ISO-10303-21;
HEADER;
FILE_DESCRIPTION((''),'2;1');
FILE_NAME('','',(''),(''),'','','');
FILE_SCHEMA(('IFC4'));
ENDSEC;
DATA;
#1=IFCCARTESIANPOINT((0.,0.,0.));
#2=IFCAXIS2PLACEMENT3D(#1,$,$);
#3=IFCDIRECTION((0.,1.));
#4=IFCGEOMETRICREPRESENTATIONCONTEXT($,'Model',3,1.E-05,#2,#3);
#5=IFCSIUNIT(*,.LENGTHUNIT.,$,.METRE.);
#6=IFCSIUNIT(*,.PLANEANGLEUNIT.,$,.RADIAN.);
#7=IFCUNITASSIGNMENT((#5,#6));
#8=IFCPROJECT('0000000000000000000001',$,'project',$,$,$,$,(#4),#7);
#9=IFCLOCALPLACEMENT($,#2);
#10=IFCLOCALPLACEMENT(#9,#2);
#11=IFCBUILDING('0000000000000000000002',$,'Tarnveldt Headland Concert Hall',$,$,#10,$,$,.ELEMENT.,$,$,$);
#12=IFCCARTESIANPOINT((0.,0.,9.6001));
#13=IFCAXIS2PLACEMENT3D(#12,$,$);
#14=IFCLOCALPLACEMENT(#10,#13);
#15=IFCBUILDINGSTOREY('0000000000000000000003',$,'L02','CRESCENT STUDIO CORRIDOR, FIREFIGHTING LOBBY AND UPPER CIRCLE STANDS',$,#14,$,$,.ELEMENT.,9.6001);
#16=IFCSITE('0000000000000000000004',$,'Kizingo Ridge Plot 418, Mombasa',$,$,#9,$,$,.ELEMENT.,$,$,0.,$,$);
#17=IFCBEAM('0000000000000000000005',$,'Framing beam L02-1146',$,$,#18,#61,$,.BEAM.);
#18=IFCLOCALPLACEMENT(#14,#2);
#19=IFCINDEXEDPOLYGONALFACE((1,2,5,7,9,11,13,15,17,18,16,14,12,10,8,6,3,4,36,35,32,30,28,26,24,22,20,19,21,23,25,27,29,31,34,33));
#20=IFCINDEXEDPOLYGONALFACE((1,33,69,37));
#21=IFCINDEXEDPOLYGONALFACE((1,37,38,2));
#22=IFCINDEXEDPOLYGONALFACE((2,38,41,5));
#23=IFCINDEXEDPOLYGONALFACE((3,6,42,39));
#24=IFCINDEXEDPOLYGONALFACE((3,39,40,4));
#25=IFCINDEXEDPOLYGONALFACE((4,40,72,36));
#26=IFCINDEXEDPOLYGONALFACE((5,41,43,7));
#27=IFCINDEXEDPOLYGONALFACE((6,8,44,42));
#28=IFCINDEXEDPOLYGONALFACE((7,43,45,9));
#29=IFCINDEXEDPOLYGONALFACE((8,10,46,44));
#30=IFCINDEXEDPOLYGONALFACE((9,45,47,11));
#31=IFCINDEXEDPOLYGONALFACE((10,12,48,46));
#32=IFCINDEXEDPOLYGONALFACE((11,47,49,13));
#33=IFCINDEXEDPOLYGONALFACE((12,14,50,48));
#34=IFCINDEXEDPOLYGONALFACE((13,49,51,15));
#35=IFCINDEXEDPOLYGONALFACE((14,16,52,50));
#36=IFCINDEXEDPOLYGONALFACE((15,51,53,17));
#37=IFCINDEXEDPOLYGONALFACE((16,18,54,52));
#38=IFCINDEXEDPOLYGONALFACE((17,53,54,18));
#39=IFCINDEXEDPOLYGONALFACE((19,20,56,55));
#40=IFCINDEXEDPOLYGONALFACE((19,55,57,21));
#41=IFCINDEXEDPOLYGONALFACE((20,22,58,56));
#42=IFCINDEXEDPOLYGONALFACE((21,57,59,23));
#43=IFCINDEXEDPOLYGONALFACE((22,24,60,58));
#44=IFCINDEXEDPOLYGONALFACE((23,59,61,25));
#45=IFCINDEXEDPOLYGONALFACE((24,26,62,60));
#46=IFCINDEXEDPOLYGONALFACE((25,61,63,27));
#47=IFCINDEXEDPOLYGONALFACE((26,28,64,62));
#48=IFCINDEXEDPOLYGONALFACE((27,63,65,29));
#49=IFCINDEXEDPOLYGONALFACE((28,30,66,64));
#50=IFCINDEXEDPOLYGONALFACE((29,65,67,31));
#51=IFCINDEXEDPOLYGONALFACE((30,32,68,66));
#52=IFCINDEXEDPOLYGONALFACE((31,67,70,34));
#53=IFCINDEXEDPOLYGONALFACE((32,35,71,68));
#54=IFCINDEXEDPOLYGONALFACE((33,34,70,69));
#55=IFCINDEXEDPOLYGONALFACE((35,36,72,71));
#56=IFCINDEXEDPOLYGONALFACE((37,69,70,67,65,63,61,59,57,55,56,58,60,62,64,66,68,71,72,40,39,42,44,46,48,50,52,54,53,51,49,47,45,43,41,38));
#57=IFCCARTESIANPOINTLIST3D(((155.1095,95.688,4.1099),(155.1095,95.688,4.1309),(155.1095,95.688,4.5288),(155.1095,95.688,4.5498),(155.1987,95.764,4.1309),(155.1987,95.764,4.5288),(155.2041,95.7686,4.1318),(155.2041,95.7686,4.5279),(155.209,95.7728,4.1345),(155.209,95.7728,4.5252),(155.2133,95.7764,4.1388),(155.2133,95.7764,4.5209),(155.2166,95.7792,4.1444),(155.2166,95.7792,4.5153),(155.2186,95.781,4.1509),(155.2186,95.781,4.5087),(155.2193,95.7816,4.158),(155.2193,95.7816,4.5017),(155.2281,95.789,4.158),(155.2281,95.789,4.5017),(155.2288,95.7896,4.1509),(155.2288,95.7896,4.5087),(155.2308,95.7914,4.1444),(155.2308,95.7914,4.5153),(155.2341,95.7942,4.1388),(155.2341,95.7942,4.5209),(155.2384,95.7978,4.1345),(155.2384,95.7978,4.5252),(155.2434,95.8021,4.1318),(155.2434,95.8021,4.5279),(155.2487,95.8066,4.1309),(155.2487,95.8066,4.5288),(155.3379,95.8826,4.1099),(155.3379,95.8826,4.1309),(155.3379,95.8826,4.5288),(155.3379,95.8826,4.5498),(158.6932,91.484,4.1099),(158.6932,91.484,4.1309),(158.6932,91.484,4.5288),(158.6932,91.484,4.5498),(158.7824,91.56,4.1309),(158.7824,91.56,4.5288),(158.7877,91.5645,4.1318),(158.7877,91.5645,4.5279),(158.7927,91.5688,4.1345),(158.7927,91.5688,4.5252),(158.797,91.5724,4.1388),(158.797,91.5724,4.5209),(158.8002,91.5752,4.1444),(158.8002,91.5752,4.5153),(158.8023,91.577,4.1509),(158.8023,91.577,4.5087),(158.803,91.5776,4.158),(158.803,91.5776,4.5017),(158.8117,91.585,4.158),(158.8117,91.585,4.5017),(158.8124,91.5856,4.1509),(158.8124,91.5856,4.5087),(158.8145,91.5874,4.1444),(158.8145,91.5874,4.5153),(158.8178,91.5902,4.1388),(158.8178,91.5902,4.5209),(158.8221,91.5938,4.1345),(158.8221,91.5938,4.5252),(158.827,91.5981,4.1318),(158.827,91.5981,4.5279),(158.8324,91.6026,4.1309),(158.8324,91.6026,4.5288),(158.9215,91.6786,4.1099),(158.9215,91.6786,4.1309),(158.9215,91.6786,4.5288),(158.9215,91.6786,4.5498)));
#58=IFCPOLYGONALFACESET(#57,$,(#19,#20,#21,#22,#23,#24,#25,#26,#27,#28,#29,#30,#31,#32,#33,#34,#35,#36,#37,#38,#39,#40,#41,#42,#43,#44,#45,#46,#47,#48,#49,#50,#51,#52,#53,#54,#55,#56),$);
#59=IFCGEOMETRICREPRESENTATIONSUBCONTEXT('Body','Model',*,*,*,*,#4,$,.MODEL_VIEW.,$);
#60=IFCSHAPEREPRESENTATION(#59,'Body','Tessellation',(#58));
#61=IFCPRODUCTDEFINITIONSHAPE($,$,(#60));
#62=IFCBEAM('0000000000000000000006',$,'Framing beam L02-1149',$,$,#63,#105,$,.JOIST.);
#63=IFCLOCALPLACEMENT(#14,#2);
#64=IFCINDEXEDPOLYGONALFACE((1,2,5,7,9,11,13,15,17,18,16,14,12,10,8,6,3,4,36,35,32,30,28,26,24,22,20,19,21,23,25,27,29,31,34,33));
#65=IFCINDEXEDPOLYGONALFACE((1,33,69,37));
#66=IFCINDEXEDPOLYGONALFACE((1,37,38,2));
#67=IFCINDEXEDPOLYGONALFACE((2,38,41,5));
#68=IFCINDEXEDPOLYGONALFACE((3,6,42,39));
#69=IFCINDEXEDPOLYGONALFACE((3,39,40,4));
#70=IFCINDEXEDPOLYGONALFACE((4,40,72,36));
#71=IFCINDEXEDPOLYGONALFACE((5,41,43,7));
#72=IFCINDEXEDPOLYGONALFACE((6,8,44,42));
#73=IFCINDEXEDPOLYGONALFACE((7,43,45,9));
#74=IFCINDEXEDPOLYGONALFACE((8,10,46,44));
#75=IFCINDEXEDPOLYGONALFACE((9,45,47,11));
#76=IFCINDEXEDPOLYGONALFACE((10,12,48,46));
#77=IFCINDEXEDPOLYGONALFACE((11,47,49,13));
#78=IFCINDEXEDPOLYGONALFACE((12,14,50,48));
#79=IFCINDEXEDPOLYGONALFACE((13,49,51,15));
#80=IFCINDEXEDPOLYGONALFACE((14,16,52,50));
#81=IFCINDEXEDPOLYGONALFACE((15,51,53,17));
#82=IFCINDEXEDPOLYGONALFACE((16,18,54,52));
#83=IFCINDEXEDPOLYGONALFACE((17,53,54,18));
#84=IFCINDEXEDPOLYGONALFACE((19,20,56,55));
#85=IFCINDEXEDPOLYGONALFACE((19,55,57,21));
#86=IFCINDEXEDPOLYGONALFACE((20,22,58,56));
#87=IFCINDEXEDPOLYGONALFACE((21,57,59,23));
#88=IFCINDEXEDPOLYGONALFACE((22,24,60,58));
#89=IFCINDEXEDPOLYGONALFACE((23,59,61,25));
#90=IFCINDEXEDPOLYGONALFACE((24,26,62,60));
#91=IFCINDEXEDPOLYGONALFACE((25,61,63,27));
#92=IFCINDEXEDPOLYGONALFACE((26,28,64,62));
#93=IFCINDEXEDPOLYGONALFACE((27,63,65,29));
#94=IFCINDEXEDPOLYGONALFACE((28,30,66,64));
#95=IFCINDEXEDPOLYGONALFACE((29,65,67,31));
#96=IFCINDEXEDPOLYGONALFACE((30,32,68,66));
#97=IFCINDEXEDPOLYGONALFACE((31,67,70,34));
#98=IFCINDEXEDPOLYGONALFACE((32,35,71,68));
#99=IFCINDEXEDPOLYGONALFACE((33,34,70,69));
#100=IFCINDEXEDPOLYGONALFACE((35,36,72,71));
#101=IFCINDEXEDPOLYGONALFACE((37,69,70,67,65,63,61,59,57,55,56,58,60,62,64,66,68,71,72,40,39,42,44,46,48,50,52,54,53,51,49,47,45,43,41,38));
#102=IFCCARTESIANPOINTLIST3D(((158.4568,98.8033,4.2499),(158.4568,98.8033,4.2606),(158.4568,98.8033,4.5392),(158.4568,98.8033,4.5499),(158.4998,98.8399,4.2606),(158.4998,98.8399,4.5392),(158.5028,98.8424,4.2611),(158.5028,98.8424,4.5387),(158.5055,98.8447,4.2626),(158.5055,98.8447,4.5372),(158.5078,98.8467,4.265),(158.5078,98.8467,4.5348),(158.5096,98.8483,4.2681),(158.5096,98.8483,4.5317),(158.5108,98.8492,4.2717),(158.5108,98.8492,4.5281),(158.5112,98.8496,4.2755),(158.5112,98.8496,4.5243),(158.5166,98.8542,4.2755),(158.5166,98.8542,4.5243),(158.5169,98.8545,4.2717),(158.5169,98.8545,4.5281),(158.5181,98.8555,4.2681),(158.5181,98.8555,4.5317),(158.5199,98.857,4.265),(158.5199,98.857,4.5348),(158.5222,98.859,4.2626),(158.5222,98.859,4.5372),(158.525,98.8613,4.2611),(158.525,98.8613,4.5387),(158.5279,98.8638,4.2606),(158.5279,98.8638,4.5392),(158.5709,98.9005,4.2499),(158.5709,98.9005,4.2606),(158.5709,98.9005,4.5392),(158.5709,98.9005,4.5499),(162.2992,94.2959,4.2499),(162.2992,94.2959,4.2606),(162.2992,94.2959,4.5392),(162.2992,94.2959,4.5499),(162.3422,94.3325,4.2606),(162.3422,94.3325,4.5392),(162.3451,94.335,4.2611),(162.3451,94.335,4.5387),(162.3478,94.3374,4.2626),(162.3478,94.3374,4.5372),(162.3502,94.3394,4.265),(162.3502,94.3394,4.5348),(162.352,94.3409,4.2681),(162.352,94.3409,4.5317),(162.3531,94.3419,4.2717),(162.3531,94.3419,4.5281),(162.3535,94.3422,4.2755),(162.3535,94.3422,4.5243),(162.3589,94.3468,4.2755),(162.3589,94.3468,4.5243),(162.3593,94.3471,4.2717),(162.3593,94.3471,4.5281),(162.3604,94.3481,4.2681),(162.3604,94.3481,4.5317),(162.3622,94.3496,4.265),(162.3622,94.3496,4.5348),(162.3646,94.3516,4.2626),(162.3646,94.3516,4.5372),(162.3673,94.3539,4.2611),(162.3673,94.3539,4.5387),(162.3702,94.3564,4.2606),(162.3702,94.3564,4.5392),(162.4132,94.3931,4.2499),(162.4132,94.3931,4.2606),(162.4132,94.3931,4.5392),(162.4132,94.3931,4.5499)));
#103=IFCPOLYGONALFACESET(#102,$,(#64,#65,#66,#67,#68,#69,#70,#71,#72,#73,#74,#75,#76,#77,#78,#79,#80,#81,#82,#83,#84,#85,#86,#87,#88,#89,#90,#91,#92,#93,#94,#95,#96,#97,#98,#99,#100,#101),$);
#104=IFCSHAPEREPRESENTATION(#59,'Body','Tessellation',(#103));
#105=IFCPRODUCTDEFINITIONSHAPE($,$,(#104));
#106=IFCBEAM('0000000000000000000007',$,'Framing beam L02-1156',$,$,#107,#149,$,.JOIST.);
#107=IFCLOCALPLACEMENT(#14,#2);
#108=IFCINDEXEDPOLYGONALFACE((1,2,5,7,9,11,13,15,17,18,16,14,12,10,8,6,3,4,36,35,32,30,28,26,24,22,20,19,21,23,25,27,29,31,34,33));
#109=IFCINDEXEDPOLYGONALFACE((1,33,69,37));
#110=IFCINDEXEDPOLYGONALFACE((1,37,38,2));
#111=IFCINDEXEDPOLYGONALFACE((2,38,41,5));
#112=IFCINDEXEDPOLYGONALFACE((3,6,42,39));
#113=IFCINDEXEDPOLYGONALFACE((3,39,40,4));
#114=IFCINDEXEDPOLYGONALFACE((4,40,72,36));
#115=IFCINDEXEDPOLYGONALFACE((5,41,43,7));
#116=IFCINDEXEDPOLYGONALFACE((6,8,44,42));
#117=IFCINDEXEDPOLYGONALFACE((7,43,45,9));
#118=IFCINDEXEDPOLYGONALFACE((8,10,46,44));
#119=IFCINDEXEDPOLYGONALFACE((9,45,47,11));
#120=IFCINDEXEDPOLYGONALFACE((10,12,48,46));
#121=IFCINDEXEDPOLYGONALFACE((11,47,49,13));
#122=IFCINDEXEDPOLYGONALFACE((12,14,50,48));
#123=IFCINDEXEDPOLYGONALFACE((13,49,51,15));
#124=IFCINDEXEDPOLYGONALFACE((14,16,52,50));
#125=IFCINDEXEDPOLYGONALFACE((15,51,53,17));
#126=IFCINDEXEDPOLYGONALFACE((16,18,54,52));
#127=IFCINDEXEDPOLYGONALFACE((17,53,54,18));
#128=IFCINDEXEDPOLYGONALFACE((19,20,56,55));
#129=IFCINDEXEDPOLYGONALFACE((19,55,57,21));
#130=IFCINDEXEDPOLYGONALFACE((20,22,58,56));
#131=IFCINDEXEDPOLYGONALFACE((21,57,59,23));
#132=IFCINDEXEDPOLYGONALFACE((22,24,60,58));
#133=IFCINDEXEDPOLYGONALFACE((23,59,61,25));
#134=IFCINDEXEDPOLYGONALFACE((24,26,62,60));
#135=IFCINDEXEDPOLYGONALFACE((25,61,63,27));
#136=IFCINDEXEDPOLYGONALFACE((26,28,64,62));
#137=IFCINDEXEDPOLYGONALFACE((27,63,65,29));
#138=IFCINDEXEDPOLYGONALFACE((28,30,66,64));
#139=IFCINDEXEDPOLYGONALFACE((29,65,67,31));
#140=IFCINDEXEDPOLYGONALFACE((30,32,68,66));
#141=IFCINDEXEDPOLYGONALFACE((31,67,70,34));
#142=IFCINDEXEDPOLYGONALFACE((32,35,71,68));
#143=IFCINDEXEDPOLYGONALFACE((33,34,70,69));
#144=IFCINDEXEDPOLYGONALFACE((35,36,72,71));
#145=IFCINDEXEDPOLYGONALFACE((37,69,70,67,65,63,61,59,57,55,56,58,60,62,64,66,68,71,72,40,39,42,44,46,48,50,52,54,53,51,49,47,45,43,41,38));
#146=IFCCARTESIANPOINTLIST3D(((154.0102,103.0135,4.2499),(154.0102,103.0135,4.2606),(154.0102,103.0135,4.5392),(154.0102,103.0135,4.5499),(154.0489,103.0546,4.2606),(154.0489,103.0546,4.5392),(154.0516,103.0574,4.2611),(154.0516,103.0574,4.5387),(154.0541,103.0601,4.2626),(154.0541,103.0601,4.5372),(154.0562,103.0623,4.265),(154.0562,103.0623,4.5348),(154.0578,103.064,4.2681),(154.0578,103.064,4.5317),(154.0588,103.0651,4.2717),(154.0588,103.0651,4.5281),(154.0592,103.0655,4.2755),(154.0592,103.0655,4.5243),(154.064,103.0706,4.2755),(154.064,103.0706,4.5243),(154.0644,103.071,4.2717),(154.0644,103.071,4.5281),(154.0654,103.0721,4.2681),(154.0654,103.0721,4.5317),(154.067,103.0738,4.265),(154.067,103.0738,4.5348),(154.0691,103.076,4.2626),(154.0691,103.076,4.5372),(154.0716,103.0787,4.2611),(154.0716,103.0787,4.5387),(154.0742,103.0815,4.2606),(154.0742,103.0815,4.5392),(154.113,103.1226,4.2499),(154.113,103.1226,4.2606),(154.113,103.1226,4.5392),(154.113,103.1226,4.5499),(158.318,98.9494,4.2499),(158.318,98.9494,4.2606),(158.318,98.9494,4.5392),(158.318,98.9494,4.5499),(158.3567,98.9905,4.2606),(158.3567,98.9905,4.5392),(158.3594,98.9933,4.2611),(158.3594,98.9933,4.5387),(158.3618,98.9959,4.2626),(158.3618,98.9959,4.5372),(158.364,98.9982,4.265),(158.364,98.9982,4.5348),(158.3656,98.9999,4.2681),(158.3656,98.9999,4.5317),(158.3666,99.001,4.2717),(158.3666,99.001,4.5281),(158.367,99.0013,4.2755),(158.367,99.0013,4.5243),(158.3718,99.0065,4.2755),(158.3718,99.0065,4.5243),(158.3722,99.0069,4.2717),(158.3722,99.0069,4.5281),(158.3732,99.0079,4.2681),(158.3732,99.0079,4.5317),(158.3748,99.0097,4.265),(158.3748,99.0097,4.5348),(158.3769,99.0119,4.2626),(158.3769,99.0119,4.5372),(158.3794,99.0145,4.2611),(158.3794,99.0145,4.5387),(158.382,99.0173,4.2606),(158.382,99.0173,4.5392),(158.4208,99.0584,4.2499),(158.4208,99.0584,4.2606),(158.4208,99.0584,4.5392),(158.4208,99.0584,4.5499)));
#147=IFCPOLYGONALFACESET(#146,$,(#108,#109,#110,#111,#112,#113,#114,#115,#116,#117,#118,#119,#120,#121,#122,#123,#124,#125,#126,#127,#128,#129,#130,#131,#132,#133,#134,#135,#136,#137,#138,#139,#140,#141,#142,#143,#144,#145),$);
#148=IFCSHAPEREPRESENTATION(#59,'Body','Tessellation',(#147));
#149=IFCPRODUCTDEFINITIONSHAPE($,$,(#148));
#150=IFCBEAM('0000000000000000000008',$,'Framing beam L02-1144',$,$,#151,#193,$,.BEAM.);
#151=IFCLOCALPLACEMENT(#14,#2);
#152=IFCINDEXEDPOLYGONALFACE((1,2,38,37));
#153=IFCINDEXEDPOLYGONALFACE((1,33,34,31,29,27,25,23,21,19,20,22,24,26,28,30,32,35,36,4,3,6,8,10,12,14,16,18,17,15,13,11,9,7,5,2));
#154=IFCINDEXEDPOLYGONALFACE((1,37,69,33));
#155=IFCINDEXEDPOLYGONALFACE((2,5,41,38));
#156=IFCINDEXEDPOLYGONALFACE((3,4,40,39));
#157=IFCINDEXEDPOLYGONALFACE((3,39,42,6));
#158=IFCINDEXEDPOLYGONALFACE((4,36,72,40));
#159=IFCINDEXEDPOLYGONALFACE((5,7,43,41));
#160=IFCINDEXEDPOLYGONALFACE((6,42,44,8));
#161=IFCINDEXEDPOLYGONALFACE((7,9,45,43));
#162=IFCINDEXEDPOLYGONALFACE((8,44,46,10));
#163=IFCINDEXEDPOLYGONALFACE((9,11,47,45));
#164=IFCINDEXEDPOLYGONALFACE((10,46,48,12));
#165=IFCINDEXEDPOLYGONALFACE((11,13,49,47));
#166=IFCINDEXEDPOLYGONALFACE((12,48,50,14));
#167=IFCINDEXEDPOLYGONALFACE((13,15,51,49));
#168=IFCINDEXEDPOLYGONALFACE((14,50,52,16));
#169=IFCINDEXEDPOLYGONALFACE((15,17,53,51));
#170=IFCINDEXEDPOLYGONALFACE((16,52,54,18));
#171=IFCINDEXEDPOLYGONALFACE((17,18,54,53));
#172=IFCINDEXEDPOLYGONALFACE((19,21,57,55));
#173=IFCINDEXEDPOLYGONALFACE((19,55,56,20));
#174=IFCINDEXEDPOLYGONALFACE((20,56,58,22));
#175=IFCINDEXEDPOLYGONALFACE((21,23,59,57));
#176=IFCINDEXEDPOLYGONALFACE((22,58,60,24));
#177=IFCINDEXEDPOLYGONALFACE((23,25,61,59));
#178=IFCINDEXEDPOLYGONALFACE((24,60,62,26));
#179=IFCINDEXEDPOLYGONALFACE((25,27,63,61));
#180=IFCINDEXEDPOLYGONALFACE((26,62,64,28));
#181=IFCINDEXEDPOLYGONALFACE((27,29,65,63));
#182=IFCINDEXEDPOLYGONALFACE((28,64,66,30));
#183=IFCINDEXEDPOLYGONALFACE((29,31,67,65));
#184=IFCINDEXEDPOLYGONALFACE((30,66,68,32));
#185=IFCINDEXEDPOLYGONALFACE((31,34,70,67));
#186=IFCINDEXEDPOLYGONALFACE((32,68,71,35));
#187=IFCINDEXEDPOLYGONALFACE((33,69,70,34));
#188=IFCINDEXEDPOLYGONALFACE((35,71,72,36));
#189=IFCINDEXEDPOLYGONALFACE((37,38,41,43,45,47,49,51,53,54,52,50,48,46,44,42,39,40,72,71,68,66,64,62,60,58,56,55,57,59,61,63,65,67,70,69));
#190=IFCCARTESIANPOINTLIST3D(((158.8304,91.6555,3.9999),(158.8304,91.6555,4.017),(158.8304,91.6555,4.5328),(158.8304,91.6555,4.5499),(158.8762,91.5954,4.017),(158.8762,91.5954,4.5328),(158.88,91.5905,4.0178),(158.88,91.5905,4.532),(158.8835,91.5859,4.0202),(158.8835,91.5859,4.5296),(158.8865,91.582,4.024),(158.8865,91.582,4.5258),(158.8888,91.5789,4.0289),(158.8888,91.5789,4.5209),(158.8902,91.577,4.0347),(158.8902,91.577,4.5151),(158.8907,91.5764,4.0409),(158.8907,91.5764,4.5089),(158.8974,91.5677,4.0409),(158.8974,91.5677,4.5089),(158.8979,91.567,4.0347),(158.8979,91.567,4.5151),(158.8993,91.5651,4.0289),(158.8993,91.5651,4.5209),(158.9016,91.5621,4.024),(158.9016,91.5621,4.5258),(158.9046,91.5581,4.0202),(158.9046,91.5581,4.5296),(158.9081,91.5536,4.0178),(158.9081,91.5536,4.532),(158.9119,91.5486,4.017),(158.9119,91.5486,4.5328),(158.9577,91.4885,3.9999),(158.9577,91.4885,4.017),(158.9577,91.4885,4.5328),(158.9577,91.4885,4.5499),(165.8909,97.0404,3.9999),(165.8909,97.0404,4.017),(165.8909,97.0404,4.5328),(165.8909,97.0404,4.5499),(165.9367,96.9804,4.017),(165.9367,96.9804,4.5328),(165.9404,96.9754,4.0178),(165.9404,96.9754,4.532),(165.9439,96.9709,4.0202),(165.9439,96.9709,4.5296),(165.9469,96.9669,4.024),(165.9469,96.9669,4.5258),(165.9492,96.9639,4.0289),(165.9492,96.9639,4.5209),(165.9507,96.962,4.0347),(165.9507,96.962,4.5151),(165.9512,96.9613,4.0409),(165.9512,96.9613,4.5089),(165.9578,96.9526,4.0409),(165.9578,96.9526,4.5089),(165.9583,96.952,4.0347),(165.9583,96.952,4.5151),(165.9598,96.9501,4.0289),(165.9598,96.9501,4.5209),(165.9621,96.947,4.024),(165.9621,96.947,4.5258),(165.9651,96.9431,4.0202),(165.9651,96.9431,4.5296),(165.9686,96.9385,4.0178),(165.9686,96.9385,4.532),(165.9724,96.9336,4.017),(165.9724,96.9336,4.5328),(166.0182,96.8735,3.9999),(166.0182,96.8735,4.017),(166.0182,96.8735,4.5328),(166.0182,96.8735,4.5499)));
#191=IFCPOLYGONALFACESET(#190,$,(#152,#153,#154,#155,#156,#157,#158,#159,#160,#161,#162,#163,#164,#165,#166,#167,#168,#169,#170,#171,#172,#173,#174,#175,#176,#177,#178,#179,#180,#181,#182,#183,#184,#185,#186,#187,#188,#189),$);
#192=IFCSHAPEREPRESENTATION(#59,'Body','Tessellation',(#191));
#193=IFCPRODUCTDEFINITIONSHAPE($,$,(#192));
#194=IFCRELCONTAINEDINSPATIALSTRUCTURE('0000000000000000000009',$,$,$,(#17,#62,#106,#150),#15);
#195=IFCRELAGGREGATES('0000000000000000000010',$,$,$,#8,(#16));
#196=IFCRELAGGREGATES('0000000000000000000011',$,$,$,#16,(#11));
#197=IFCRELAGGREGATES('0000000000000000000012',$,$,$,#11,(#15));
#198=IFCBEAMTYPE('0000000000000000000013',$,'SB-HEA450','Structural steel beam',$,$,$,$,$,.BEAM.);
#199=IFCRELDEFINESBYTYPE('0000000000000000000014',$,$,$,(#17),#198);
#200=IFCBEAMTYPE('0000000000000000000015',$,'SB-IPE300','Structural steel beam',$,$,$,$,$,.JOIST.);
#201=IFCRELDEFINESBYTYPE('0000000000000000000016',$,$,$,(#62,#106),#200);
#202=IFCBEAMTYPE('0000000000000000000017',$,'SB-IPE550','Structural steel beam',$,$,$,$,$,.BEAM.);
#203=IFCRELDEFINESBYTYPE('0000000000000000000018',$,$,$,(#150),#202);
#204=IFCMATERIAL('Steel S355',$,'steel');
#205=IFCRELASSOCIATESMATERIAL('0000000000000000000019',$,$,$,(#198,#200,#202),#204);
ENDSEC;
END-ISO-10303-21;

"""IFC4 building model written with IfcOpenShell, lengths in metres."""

from ifc_helpers import new_model, si_unit, direction, frame, origin, origin_2d, place, context, subcontext, project, spatial, i_section, extrude, material, material_profile, profile_set, type_object, element, save


model = new_model("IFC4")

# Units and contexts
model_context = context("Model", 3, precision=1e-05, world=origin(), true_north=direction((0.0, 1.0)))
body_context = subcontext(model_context, "Body", "Model", "MODEL_VIEW")
ifc_project = project(units=[si_unit("LENGTHUNIT", "METRE"), si_unit("PLANEANGLEUNIT", "RADIAN")], contexts=[model_context])

# Site, building, storey
site_placement = place(None, origin())
site = spatial("IfcSite", under=ifc_project, at=site_placement, Name="Kizingo Ridge Plot 418, Mombasa", CompositionType="ELEMENT", RefElevation=0.0)
building_placement = place(site_placement, origin())
building = spatial("IfcBuilding", under=site, at=building_placement, Name="Tarnveldt Headland Concert Hall", CompositionType="ELEMENT")
storey_placement = place(building_placement, frame((0.0, 0.0, 9.6001)))
storey = spatial("IfcBuildingStorey", under=building, at=storey_placement, Name="L02", Description="CRESCENT STUDIO CORRIDOR, FIREFIGHTING LOBBY AND UPPER CIRCLE STANDS", CompositionType="ELEMENT", Elevation=9.6001)

# Shared definitions
ifc_material_1 = material(Name="Steel S355", Category="steel")

# Beams
ifc_material_profile_1 = material_profile(ifc_material_1, i_section(OverallWidth=0.3, OverallDepth=0.4399, WebThickness=0.0115, FlangeThickness=0.021, FilletRadius=0.0271, at=origin_2d()), Name="HEA450", Category="steel")
ifc_profile_set_1 = profile_set([ifc_material_profile_1], Name="Steel S355")
beam_type_1 = type_object("IfcBeamType", Name="SB-HEA450", Description="Structural steel beam", PredefinedType="BEAM", material=ifc_profile_set_1)
beam_1_placement = place(storey_placement, frame((158.8074, 91.5813, 4.3298), z_axis=(-0.648725, 0.761023, 0.0), x_axis=(-0.761023, -0.648725, 0.0)))
element("IfcBeam", 1, at=beam_1_placement, inside=storey, type_object=beam_type_1, Name="Framing beam L02-1146", PredefinedType="BEAM", context=body_context, shape_type="SweptSolid", body=[
    extrude(i_section(OverallWidth=0.3, OverallDepth=0.4399, WebThickness=0.0115, FlangeThickness=0.021, FilletRadius=0.0271, at=origin_2d()), origin(), (0.0, 0.0, 1.0), 5.5242),
])
ifc_material_profile_2 = material_profile(ifc_material_1, i_section(OverallWidth=0.1499, OverallDepth=0.3, WebThickness=0.0071, FlangeThickness=0.0107, FilletRadius=0.0149, at=origin_2d()), Name="IPE300", Category="steel")
ifc_profile_set_2 = profile_set([ifc_material_profile_2], Name="Steel S355")
beam_type_2 = type_object("IfcBeamType", Name="SB-IPE300", Description="Structural steel beam", PredefinedType="JOIST", material=ifc_profile_set_2)
beam_2_placement = place(storey_placement, frame((162.3562, 94.3445, 4.3999), z_axis=(-0.648732, 0.761017, 0.0), x_axis=(-0.761017, -0.648732, 0.0)))
element("IfcBeam", 2, at=beam_2_placement, inside=storey, type_object=beam_type_2, Name="Framing beam L02-1149", PredefinedType="JOIST", context=body_context, shape_type="SweptSolid", body=[
    extrude(i_section(OverallWidth=0.1499, OverallDepth=0.3, WebThickness=0.0071, FlangeThickness=0.0107, FilletRadius=0.0149, at=origin_2d()), origin(), (0.0, 0.0, 1.0), 5.9229),
])
beam_3_placement = place(storey_placement, frame((158.3694, 99.0039, 4.3999), z_axis=(-0.727378, 0.686237, 0.0), x_axis=(-0.686237, -0.727378, 0.0)))
element("IfcBeam", 3, at=beam_3_placement, inside=storey, type_object=beam_type_2, Name="Framing beam L02-1156", PredefinedType="JOIST", context=body_context, shape_type="SweptSolid", body=[
    extrude(i_section(OverallWidth=0.1499, OverallDepth=0.3, WebThickness=0.0071, FlangeThickness=0.0107, FilletRadius=0.0149, at=origin_2d()), origin(), (0.0, 0.0, 1.0), 5.9224),
])
ifc_material_profile_3 = material_profile(ifc_material_1, i_section(OverallWidth=0.21, OverallDepth=0.55, WebThickness=0.011, FlangeThickness=0.0171, FilletRadius=0.0239, at=origin_2d()), Name="IPE550", Category="steel")
ifc_profile_set_3 = profile_set([ifc_material_profile_3], Name="Steel S355")
beam_type_3 = type_object("IfcBeamType", Name="SB-IPE550", Description="Structural steel beam", PredefinedType="BEAM", material=ifc_profile_set_3)
beam_4_placement = place(storey_placement, frame((158.894, 91.572, 4.2749), z_axis=(0.795131, 0.606438, 0.0), x_axis=(-0.606438, 0.795131, 0.0)))
element("IfcBeam", 4, at=beam_4_placement, inside=storey, type_object=beam_type_3, Name="Framing beam L02-1144", PredefinedType="BEAM", context=body_context, shape_type="SweptSolid", body=[
    extrude(i_section(OverallWidth=0.21, OverallDepth=0.55, WebThickness=0.011, FlangeThickness=0.0171, FilletRadius=0.0239, at=origin_2d()), origin(), (0.0, 0.0, 1.0), 8.8796),
])

save(model, "model.ifc")
